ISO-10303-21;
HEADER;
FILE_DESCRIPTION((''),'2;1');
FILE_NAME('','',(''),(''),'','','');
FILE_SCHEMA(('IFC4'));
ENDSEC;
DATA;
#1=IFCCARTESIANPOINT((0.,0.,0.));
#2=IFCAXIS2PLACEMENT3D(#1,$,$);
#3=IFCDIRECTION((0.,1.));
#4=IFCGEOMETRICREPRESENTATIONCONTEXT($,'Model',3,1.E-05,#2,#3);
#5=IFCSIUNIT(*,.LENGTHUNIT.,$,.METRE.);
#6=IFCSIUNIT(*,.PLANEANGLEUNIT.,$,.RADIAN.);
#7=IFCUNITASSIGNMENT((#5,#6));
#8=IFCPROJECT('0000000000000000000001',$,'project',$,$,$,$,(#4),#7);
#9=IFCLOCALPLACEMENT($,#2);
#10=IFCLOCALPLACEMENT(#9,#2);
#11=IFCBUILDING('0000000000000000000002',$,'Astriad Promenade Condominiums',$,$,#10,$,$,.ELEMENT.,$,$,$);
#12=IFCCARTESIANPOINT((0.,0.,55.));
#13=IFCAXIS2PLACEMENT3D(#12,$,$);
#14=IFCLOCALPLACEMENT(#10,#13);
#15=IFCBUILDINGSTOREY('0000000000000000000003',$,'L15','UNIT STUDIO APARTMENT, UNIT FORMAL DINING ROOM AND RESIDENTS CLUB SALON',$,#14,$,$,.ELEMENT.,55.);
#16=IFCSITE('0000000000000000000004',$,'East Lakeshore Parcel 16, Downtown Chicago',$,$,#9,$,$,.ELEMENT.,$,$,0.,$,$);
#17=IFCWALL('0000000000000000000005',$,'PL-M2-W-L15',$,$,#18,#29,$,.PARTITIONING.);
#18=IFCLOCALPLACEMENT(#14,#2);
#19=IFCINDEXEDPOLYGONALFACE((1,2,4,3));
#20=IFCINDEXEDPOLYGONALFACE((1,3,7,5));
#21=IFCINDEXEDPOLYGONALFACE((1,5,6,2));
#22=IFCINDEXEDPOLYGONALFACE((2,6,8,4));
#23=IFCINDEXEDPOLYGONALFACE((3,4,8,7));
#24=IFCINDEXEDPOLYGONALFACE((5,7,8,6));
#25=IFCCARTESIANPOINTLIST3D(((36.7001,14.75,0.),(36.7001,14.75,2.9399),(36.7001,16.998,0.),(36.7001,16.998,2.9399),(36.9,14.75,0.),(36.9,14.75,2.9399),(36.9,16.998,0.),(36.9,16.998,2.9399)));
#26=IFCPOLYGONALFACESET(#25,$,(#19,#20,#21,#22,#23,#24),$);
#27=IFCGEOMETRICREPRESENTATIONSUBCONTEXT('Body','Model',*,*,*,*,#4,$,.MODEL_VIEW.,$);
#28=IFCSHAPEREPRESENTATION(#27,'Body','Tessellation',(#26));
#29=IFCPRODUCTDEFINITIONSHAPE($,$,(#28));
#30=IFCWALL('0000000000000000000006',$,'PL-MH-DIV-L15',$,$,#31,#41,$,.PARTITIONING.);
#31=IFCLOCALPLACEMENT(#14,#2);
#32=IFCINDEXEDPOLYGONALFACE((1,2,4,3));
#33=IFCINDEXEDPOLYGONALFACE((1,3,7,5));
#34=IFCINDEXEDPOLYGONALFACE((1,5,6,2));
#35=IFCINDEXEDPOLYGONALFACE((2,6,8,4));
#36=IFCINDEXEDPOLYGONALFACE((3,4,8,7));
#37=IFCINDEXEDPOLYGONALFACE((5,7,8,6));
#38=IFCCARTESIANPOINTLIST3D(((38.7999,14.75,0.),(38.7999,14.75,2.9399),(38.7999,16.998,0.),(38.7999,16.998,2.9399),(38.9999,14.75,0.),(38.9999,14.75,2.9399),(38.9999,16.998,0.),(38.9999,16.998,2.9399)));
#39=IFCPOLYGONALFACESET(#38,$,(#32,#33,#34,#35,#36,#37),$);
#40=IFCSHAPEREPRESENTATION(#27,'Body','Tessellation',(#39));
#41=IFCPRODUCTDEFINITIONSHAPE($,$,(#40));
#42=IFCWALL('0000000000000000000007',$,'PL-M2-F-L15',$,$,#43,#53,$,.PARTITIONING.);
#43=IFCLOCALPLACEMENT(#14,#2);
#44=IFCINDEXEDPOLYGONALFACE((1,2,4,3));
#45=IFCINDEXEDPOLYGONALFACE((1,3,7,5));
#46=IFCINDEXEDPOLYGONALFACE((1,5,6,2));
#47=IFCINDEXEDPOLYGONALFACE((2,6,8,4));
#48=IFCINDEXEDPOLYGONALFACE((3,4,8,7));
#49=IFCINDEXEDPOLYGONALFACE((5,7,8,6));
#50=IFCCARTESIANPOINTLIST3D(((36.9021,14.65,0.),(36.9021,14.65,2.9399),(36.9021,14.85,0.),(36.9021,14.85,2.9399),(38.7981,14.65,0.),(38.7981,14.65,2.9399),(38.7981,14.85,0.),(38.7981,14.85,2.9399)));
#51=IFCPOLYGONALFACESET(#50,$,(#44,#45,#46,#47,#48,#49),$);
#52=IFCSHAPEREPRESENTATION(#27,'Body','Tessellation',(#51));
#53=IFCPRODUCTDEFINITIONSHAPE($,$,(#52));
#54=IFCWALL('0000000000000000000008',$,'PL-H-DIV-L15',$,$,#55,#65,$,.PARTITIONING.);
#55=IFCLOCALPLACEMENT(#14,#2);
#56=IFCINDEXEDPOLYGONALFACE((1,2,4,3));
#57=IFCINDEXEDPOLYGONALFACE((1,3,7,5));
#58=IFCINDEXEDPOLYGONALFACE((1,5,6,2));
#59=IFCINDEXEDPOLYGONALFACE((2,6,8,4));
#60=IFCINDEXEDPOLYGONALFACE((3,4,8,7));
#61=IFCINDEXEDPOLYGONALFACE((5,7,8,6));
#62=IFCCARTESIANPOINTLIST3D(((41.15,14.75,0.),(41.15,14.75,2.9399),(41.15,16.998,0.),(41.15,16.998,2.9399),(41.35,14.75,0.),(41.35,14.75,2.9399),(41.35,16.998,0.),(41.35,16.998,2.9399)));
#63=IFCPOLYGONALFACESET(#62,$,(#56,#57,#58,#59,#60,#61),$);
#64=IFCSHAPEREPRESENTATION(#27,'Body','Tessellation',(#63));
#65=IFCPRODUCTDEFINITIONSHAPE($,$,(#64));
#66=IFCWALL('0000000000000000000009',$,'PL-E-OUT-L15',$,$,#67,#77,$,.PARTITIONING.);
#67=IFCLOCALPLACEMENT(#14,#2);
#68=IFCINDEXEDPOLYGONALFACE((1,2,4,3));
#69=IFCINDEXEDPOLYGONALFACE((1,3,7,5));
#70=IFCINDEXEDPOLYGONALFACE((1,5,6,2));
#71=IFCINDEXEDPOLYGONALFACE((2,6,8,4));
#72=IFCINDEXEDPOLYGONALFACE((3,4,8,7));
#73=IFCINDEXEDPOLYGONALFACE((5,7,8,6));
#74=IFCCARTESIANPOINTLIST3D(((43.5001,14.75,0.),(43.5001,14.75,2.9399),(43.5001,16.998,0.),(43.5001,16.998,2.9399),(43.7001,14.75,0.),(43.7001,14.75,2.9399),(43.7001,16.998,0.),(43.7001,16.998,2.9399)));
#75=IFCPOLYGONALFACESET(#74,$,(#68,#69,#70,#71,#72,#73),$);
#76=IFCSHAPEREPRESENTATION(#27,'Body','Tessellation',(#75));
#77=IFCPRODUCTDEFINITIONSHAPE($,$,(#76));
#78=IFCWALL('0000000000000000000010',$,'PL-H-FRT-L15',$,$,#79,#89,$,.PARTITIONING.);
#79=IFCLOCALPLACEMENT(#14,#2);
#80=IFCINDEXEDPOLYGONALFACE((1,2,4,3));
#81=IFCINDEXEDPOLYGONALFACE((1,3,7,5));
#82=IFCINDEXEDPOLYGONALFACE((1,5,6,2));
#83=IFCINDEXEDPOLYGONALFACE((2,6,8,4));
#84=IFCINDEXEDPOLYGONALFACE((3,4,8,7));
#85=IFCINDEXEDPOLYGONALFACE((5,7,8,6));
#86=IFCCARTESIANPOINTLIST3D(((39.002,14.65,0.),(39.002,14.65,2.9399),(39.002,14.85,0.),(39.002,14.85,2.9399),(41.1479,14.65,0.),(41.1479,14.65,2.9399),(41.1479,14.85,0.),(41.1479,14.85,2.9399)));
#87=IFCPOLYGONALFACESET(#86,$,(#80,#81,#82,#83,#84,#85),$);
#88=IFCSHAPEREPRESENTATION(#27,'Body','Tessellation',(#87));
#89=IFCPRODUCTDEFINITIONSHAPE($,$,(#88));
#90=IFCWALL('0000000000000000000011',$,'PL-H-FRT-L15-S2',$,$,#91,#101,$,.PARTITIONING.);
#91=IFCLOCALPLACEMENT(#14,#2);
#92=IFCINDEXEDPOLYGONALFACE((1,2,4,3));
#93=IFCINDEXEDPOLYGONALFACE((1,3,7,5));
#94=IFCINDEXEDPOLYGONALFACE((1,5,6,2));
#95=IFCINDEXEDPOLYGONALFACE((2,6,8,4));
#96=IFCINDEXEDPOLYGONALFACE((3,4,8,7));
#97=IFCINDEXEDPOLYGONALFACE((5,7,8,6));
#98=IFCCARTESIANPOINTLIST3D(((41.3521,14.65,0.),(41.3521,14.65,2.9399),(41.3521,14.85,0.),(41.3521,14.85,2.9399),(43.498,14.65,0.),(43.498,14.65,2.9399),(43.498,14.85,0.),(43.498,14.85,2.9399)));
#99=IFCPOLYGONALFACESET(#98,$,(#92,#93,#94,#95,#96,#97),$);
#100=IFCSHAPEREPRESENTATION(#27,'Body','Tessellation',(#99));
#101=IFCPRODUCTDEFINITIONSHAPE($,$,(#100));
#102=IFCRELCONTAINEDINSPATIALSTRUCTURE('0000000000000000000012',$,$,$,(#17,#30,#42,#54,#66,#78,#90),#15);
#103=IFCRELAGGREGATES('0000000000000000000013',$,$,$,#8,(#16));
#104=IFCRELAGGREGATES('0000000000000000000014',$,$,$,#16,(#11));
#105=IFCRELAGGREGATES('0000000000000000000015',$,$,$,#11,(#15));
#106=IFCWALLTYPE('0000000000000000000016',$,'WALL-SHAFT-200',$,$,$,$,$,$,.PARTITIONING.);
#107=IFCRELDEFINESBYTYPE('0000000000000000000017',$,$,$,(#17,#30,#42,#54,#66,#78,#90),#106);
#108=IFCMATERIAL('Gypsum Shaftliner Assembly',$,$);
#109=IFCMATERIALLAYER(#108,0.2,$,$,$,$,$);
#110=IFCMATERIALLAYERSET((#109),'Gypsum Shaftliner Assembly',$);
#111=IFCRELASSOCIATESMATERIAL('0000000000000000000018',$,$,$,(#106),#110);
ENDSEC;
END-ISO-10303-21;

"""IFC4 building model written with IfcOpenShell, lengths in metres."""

from ifc_helpers import new_model, si_unit, direction, frame, frame_2d, origin, place, context, subcontext, project, spatial, rectangle, extrude, material, layer, layer_set, type_object, element, save


model = new_model("IFC4")

# Units and contexts
model_context = context("Model", 3, precision=1e-05, world=origin(), true_north=direction((0.0, 1.0)))
body_context = subcontext(model_context, "Body", "Model", "MODEL_VIEW")
ifc_project = project(units=[si_unit("LENGTHUNIT", "METRE"), si_unit("PLANEANGLEUNIT", "RADIAN")], contexts=[model_context])

# Site, building, storey
site_placement = place(None, origin())
site = spatial("IfcSite", under=ifc_project, at=site_placement, Name="East Lakeshore Parcel 16, Downtown Chicago", CompositionType="ELEMENT", RefElevation=0.0)
building_placement = place(site_placement, origin())
building = spatial("IfcBuilding", under=site, at=building_placement, Name="Astriad Promenade Condominiums", CompositionType="ELEMENT")
storey_placement = place(building_placement, frame((0.0, 0.0, 55.0)))
storey = spatial("IfcBuildingStorey", under=building, at=storey_placement, Name="L15", Description="UNIT STUDIO APARTMENT, UNIT FORMAL DINING ROOM AND RESIDENTS CLUB SALON", CompositionType="ELEMENT", Elevation=55.0)

# Walls
ifc_material_1 = material(Name="Gypsum Shaftliner Assembly")
ifc_layer_1 = layer(ifc_material_1, 0.2)
ifc_layer_set_1 = layer_set([ifc_layer_1], Name="Gypsum Shaftliner Assembly")
wall_type_1 = type_object("IfcWallType", Name="WALL-SHAFT-200", PredefinedType="PARTITIONING", material=ifc_layer_set_1)
for number, where, z_axis, x_axis, name in (
    (1, (36.8, 14.75, 0.0), (0.0, 0.0, 1.0), (0.0, 1.0, 0.0), "PL-M2-W-L15"),
    (2, (38.8999, 14.75, 0.0), (0.0, 0.0, 1.0), (0.0, 1.0, 0.0), "PL-MH-DIV-L15"),
):
    element("IfcWall", number, at=place(storey_placement, frame(where, z_axis=z_axis, x_axis=x_axis)), inside=storey, type_object=wall_type_1, Name=name, PredefinedType="PARTITIONING", context=body_context, shape_type="SweptSolid", body=[
        extrude(rectangle(XDim=2.248, YDim=0.2, at=frame_2d((1.124, 0.0))), origin(), (0.0, 0.0, 1.0), 2.9399),
    ])
wall_1_placement = place(storey_placement, frame((36.9021, 14.75, 0.0), z_axis=(0.0, 0.0, 1.0), x_axis=(1.0, 0.0, 0.0)))
element("IfcWall", 3, at=wall_1_placement, inside=storey, type_object=wall_type_1, Name="PL-M2-F-L15", PredefinedType="PARTITIONING", context=body_context, shape_type="SweptSolid", body=[
    extrude(rectangle(XDim=1.896, YDim=0.2, at=frame_2d((0.948, 0.0))), origin(), (0.0, 0.0, 1.0), 2.9399),
])
for number, where, z_axis, x_axis, name in (
    (4, (41.25, 14.75, 0.0), (0.0, 0.0, 1.0), (0.0, 1.0, 0.0), "PL-H-DIV-L15"),
    (5, (43.6001, 14.75, 0.0), (0.0, 0.0, 1.0), (0.0, 1.0, 0.0), "PL-E-OUT-L15"),
):
    element("IfcWall", number, at=place(storey_placement, frame(where, z_axis=z_axis, x_axis=x_axis)), inside=storey, type_object=wall_type_1, Name=name, PredefinedType="PARTITIONING", context=body_context, shape_type="SweptSolid", body=[
        extrude(rectangle(XDim=2.248, YDim=0.2, at=frame_2d((1.124, 0.0))), origin(), (0.0, 0.0, 1.0), 2.9399),
    ])
for number, where, z_axis, x_axis, name in (
    (6, (39.002, 14.75, 0.0), (0.0, 0.0, 1.0), (1.0, 0.0, 0.0), "PL-H-FRT-L15"),
    (7, (41.3521, 14.75, 0.0), (0.0, 0.0, 1.0), (1.0, 0.0, 0.0), "PL-H-FRT-L15-S2"),
):
    element("IfcWall", number, at=place(storey_placement, frame(where, z_axis=z_axis, x_axis=x_axis)), inside=storey, type_object=wall_type_1, Name=name, PredefinedType="PARTITIONING", context=body_context, shape_type="SweptSolid", body=[
        extrude(rectangle(XDim=2.146, YDim=0.2, at=frame_2d((1.073, 0.0))), origin(), (0.0, 0.0, 1.0), 2.9399),
    ])

save(model, "model.ifc")
